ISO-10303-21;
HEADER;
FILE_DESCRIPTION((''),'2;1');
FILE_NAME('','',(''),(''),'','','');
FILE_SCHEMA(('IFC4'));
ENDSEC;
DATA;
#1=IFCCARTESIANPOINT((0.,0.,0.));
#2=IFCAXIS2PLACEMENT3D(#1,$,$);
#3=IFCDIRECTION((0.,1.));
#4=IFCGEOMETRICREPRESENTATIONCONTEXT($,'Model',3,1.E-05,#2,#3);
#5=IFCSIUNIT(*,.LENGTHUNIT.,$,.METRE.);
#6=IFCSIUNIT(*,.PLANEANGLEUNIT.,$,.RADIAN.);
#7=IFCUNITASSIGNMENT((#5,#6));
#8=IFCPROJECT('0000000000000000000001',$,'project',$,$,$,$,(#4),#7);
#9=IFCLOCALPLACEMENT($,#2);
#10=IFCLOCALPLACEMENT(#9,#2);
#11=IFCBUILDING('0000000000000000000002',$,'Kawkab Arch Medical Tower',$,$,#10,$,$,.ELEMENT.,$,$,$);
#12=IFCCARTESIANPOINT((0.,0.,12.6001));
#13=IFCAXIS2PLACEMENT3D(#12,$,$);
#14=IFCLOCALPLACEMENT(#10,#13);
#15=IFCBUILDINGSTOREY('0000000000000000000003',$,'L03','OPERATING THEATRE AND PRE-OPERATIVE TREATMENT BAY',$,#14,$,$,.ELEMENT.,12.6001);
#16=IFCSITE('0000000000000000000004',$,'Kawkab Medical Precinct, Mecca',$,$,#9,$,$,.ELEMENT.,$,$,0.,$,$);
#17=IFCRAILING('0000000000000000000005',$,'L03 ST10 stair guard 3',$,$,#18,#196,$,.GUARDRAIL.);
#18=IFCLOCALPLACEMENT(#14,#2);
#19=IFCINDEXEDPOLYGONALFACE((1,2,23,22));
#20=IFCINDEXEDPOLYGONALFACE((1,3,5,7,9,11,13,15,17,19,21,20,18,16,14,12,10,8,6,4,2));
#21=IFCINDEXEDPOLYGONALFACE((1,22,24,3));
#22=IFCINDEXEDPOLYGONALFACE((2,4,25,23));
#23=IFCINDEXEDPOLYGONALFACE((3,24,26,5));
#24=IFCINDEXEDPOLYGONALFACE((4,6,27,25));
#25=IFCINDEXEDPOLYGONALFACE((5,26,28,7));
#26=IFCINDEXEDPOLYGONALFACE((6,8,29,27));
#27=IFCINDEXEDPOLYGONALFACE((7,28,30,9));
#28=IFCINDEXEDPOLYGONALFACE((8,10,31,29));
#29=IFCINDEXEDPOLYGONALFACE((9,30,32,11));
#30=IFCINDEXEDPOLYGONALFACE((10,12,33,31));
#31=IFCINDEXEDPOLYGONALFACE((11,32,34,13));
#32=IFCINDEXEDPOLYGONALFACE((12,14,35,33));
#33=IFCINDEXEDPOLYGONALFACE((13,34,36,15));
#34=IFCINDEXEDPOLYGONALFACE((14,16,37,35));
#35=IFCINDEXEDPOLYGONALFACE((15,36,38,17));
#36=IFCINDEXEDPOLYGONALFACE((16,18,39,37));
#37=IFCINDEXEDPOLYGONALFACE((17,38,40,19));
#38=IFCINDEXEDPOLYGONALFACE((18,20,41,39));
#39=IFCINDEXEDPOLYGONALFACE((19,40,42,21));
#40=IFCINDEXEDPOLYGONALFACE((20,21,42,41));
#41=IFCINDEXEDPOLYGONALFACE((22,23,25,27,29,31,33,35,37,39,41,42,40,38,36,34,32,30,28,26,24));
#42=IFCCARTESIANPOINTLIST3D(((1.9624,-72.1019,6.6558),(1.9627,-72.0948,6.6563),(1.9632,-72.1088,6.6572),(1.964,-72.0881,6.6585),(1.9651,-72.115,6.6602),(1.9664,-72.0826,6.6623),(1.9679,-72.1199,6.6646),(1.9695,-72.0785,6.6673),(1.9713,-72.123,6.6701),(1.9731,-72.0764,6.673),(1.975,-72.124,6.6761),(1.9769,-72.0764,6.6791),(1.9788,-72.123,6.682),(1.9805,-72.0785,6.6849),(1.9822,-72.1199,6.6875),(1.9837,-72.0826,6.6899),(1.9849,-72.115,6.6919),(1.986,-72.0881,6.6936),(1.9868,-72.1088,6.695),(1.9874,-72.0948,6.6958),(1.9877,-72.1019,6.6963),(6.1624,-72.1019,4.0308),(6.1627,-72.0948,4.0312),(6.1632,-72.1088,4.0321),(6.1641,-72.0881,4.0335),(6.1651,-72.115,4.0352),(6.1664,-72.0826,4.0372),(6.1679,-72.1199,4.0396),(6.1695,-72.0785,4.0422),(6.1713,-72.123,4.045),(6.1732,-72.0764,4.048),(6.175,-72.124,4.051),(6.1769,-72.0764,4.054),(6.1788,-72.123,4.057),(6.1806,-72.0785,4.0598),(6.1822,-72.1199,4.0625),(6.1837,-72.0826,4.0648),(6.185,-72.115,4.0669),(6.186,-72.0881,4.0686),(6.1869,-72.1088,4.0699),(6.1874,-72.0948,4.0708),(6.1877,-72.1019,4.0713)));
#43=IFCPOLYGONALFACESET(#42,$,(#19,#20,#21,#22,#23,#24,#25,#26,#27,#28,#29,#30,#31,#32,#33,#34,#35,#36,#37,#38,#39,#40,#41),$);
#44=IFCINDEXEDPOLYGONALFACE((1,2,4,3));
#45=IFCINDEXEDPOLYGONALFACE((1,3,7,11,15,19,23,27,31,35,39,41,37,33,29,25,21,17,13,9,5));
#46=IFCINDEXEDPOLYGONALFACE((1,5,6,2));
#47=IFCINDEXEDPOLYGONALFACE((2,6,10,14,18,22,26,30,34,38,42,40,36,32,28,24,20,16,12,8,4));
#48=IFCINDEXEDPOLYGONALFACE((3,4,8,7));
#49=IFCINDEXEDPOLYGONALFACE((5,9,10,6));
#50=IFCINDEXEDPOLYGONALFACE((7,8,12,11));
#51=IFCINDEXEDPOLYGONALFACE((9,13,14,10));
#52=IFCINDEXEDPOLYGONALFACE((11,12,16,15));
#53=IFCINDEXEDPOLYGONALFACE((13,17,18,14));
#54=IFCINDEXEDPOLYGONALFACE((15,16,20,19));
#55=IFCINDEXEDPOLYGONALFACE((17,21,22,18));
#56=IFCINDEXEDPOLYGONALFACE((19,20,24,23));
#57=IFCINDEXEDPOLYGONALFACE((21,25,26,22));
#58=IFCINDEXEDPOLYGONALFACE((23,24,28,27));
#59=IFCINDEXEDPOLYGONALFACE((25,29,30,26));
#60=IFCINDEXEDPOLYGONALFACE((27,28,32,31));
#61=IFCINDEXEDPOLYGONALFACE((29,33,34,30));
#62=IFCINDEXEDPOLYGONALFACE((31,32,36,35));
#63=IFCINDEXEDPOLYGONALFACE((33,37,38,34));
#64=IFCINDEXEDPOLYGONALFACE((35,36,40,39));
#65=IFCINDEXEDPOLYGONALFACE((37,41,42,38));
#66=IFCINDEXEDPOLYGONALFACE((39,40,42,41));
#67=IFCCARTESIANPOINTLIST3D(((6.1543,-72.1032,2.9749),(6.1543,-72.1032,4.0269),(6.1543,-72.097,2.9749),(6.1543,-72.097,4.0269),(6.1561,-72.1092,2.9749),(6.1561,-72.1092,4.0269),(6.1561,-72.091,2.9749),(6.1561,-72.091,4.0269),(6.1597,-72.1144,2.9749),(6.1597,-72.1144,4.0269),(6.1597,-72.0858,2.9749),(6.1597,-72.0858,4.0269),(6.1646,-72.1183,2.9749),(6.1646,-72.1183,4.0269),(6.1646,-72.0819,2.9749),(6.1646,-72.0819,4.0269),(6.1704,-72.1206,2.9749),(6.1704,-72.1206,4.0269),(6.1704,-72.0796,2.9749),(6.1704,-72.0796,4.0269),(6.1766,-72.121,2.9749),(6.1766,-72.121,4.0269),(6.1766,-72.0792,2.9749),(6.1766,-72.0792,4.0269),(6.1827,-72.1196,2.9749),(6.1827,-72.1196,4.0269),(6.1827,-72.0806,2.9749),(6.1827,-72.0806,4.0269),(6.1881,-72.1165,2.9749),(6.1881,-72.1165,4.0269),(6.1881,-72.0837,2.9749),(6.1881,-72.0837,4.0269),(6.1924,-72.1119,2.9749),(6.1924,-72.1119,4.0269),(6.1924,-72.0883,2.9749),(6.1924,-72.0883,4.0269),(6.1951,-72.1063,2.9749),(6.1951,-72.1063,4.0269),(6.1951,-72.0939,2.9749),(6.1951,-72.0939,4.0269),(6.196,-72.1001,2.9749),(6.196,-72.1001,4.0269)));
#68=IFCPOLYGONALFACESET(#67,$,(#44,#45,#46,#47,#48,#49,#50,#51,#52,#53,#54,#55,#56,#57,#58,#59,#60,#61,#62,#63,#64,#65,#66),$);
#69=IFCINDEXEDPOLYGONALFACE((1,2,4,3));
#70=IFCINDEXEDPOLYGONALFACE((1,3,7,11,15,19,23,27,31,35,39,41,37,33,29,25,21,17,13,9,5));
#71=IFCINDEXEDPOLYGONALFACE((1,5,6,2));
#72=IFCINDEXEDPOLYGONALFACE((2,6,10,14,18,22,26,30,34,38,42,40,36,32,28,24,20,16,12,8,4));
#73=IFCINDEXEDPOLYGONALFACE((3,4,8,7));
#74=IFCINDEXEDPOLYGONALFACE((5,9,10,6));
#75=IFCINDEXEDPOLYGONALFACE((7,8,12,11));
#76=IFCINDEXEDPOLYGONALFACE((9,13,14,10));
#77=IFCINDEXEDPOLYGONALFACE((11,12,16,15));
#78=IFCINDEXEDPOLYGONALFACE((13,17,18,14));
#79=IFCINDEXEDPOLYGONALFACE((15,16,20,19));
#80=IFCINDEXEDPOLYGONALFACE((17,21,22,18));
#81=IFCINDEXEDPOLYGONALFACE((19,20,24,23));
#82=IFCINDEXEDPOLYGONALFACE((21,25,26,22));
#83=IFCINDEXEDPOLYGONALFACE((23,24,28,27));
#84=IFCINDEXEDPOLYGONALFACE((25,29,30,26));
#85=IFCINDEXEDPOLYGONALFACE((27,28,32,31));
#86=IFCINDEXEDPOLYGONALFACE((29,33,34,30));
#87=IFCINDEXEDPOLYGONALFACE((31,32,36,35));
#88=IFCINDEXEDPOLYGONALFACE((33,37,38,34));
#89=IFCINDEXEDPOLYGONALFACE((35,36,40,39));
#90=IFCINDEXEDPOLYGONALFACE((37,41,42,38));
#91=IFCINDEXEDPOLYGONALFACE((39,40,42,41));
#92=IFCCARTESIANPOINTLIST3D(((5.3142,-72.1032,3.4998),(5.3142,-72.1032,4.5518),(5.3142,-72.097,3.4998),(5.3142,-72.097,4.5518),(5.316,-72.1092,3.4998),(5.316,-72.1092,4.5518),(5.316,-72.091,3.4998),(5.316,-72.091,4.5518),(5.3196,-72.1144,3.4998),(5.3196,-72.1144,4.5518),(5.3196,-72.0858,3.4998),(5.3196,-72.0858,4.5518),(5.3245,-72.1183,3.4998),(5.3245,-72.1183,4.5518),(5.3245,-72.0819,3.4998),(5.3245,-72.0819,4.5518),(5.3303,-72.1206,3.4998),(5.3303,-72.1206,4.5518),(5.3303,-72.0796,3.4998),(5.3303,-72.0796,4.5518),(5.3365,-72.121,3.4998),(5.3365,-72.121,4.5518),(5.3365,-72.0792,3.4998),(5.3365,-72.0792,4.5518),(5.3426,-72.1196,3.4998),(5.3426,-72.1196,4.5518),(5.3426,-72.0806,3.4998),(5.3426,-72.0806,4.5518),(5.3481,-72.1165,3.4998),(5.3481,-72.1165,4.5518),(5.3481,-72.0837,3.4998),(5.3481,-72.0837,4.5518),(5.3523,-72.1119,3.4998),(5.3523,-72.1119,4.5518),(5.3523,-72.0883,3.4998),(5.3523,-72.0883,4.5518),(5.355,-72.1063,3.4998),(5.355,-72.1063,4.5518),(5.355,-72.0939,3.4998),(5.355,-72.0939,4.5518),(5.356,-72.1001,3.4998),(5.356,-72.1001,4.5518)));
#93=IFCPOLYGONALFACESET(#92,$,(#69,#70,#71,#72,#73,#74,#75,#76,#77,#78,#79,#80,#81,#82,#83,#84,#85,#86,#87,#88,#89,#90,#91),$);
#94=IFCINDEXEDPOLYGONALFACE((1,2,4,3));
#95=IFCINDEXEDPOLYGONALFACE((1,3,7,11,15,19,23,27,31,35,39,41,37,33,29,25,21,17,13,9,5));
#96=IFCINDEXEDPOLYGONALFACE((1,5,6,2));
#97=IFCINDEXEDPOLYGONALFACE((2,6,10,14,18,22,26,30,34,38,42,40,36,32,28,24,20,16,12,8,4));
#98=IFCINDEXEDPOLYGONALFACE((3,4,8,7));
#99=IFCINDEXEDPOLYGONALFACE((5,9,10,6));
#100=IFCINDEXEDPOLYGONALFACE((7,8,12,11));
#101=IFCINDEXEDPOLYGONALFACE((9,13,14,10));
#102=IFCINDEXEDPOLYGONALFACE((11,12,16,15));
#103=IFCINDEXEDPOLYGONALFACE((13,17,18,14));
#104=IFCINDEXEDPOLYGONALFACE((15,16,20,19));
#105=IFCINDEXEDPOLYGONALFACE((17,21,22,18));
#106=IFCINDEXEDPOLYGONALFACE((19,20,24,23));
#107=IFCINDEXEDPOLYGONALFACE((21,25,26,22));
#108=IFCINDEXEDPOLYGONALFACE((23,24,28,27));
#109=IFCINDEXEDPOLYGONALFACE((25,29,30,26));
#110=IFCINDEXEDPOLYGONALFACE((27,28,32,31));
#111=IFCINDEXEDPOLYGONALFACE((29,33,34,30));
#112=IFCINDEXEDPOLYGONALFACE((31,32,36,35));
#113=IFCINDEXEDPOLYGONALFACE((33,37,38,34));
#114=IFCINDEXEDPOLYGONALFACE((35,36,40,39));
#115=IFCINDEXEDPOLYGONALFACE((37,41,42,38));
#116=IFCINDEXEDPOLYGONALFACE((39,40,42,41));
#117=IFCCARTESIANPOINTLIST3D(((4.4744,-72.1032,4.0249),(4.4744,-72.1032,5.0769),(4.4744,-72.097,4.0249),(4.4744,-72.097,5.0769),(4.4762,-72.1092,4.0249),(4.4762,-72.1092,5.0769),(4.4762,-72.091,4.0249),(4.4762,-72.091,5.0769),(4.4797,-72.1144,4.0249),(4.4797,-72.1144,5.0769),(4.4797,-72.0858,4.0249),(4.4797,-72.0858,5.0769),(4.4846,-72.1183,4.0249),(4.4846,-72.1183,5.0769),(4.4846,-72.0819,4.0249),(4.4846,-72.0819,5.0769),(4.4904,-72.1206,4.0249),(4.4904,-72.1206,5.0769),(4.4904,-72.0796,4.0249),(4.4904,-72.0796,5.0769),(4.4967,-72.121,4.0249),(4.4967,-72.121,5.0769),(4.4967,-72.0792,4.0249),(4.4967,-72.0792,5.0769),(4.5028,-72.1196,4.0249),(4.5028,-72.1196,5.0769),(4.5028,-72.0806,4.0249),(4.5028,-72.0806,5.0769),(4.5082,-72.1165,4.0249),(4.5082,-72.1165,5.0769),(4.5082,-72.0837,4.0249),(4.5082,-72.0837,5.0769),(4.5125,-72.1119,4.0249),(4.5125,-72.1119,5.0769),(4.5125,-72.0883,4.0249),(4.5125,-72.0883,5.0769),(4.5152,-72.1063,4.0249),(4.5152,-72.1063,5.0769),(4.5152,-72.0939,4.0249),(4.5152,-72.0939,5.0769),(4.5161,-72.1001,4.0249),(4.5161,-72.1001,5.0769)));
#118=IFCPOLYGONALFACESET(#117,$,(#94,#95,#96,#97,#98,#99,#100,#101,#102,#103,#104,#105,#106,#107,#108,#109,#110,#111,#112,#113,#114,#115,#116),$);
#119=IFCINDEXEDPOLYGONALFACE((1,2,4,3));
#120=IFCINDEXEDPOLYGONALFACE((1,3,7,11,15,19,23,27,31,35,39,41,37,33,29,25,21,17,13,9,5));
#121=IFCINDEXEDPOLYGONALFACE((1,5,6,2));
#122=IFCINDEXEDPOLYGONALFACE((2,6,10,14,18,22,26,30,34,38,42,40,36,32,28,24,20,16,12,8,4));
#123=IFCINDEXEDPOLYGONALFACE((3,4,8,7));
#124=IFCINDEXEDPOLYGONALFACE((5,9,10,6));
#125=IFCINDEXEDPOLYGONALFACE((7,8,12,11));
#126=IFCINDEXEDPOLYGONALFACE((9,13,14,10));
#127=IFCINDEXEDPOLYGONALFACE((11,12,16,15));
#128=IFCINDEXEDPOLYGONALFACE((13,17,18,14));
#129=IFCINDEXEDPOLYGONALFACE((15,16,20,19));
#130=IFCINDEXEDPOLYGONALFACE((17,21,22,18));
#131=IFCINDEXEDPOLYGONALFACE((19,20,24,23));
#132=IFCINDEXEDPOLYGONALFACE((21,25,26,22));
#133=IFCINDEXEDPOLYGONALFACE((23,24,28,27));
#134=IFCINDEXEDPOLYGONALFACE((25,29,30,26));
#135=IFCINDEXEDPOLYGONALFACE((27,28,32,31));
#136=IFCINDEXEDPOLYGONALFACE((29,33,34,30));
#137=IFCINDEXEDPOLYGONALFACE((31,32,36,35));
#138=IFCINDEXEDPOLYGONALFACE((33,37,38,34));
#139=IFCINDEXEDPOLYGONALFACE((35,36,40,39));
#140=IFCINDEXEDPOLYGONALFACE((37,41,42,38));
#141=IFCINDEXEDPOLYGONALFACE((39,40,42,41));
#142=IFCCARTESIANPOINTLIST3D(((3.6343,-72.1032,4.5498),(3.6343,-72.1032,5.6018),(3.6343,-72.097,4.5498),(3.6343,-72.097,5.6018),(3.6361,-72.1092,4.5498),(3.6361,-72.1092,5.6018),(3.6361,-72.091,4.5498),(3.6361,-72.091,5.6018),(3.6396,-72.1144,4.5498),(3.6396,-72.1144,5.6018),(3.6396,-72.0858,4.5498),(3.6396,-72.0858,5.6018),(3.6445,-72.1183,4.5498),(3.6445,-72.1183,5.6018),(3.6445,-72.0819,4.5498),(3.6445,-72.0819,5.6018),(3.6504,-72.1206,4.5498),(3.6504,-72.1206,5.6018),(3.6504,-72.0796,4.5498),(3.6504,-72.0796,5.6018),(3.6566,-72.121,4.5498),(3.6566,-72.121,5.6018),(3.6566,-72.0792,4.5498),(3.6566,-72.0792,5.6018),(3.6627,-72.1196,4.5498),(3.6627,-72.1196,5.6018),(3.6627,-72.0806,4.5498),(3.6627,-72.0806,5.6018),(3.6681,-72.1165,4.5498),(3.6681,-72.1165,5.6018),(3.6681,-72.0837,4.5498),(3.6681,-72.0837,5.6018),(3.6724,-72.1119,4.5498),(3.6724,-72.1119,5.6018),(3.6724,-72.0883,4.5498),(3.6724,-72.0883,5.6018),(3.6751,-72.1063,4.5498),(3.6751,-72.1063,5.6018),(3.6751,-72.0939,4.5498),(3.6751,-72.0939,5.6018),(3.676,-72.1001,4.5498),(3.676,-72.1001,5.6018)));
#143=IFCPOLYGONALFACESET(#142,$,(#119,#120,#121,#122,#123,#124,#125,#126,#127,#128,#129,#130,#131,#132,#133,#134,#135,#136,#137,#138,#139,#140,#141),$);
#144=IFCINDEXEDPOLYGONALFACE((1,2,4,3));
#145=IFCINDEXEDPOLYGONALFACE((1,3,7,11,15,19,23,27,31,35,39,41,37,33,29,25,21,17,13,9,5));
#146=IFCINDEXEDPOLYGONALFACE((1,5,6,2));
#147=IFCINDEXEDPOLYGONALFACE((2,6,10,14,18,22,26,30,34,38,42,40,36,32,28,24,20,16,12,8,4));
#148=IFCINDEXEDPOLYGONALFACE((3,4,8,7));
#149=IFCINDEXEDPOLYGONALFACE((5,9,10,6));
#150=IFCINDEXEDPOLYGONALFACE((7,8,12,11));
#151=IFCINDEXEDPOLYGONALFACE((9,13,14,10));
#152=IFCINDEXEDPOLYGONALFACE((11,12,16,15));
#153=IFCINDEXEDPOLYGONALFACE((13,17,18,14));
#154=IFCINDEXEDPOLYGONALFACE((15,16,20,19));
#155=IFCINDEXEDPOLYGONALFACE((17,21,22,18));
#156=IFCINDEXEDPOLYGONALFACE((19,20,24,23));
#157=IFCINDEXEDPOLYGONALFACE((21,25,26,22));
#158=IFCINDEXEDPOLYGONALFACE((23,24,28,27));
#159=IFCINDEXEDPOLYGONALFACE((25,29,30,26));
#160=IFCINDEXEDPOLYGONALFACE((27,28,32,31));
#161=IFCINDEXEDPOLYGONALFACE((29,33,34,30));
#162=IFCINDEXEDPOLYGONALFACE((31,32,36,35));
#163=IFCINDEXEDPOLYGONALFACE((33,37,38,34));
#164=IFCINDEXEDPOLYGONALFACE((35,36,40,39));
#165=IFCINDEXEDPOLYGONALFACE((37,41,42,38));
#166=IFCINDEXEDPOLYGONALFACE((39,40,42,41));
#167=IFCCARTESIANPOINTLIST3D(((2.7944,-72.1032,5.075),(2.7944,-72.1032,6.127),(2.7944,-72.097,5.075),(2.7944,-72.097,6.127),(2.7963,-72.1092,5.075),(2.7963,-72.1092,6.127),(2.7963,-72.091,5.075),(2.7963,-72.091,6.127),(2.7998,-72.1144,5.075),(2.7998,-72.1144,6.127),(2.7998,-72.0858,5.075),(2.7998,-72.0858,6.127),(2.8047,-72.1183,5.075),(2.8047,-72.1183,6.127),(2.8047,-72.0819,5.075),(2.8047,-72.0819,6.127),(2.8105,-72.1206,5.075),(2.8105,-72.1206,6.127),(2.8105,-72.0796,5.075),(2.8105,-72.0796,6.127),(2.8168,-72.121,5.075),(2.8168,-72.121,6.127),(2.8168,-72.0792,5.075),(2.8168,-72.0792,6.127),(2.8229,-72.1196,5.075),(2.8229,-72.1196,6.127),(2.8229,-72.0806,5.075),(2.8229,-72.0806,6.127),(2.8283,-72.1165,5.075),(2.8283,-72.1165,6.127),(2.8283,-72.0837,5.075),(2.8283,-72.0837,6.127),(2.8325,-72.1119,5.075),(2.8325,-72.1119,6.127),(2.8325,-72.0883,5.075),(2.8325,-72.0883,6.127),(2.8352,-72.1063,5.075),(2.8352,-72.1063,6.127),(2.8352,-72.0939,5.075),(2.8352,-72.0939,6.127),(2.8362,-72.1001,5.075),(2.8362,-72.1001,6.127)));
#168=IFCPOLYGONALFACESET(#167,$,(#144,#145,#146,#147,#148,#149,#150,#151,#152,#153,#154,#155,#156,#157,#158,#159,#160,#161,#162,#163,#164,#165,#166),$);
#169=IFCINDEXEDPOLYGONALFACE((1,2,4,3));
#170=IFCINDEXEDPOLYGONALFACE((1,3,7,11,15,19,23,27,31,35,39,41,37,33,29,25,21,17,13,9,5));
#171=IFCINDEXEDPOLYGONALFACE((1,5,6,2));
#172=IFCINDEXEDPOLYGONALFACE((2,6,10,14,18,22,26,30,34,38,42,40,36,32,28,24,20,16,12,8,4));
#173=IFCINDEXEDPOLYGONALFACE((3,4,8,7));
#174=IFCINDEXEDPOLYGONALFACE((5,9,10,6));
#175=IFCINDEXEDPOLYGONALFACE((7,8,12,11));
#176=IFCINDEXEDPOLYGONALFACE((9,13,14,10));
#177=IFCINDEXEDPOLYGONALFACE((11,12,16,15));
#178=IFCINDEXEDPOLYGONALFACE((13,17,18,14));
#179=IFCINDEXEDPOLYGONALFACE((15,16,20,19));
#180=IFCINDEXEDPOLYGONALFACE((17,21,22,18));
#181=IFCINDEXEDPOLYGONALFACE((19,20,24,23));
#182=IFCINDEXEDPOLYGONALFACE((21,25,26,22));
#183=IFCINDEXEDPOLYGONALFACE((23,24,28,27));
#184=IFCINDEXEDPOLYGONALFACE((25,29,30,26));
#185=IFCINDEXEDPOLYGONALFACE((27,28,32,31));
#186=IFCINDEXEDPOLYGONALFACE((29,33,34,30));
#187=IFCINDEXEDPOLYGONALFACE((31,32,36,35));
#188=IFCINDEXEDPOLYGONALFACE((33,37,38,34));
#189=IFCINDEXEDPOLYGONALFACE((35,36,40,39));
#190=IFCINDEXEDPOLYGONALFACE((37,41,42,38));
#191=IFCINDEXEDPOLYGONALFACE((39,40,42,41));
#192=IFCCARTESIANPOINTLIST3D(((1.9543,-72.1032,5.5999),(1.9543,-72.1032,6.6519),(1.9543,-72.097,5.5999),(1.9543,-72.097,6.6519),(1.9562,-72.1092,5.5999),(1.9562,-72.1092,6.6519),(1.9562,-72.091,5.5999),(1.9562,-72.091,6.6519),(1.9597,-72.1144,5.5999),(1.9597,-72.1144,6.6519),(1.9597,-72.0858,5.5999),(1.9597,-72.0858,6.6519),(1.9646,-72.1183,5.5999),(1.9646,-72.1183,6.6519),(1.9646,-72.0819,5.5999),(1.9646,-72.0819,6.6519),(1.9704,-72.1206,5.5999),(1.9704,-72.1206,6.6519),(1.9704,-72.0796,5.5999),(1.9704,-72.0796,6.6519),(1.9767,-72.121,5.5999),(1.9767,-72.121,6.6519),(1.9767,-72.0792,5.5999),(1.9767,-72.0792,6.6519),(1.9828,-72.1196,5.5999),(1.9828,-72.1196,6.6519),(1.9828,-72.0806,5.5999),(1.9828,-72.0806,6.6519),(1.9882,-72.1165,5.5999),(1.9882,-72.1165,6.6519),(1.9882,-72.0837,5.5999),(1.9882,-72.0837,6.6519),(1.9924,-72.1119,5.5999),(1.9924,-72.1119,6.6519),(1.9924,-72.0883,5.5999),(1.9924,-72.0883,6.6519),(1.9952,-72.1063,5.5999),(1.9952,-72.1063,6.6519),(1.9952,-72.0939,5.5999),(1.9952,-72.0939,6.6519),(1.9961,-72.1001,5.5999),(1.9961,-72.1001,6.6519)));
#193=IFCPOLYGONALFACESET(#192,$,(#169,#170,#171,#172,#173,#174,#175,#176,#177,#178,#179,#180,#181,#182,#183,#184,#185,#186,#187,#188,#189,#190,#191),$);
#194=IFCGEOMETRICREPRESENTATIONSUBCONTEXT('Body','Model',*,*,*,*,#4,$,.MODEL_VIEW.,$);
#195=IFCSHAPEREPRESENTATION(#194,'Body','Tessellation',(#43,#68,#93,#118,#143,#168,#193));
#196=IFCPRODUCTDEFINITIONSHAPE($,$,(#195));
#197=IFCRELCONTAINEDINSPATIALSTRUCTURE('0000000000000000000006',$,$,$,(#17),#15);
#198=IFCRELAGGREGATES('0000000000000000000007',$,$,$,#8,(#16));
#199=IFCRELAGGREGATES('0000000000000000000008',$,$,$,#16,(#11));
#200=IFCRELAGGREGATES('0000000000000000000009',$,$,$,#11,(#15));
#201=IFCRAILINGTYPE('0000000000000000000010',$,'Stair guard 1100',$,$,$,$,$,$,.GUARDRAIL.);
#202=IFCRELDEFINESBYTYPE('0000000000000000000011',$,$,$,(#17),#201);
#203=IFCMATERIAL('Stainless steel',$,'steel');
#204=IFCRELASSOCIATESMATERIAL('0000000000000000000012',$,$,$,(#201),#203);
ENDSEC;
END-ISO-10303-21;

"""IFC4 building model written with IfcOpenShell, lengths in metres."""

from ifc_helpers import new_model, si_unit, direction, frame, origin, origin_2d, place, context, subcontext, project, spatial, circle, extrude, material, type_object, element, save


model = new_model("IFC4")

# Units and contexts
model_context = context("Model", 3, precision=1e-05, world=origin(), true_north=direction((0.0, 1.0)))
body_context = subcontext(model_context, "Body", "Model", "MODEL_VIEW")
ifc_project = project(units=[si_unit("LENGTHUNIT", "METRE"), si_unit("PLANEANGLEUNIT", "RADIAN")], contexts=[model_context])

# Site, building, storey
site_placement = place(None, origin())
site = spatial("IfcSite", under=ifc_project, at=site_placement, Name="Kawkab Medical Precinct, Mecca", CompositionType="ELEMENT", RefElevation=0.0)
building_placement = place(site_placement, origin())
building = spatial("IfcBuilding", under=site, at=building_placement, Name="Kawkab Arch Medical Tower", CompositionType="ELEMENT")
storey_placement = place(building_placement, frame((0.0, 0.0, 12.6001)))
storey = spatial("IfcBuildingStorey", under=building, at=storey_placement, Name="L03", Description="OPERATING THEATRE AND PRE-OPERATIVE TREATMENT BAY", CompositionType="ELEMENT", Elevation=12.6001)

# Railing
ifc_material_1 = material(Name="Stainless steel", Category="steel")
railing_type = type_object("IfcRailingType", Name="Stair guard 1100", PredefinedType="GUARDRAIL", material=ifc_material_1)
railing_1_placement = place(storey_placement, frame((6.175, -72.1001, 2.9749)))
element("IfcRailing", 1, at=railing_1_placement, inside=storey, type_object=railing_type, Name="L03 ST10 stair guard 3", PredefinedType="GUARDRAIL", context=body_context, shape_type="SweptSolid", body=[
    extrude(circle(Radius=0.0239, at=origin_2d()), frame((0.0, 0.0, 1.0762), z_axis=(-0.847996, 0.0, 0.530003), x_axis=(0.0, -1.0, 0.0)), (0.0, 0.0, 1.0), 4.9529),
    extrude(circle(Radius=0.021, at=origin_2d()), origin(), (0.0, 0.0, 1.0), 1.052),
    extrude(circle(Radius=0.021, at=origin_2d()), frame((-0.8401, 0.0, 0.5249)), (0.0, 0.0, 1.0), 1.052),
    extrude(circle(Radius=0.021, at=origin_2d()), frame((-1.6799, 0.0, 1.05)), (0.0, 0.0, 1.0), 1.052),
    extrude(circle(Radius=0.021, at=origin_2d()), frame((-2.52, 0.0, 1.575)), (0.0, 0.0, 1.0), 1.052),
    extrude(circle(Radius=0.021, at=origin_2d()), frame((-3.3599, 0.0, 2.1001)), (0.0, 0.0, 1.0), 1.052),
    extrude(circle(Radius=0.021, at=origin_2d()), frame((-4.2, 0.0, 2.625)), (0.0, 0.0, 1.0), 1.052),
])

save(model, "model.ifc")
